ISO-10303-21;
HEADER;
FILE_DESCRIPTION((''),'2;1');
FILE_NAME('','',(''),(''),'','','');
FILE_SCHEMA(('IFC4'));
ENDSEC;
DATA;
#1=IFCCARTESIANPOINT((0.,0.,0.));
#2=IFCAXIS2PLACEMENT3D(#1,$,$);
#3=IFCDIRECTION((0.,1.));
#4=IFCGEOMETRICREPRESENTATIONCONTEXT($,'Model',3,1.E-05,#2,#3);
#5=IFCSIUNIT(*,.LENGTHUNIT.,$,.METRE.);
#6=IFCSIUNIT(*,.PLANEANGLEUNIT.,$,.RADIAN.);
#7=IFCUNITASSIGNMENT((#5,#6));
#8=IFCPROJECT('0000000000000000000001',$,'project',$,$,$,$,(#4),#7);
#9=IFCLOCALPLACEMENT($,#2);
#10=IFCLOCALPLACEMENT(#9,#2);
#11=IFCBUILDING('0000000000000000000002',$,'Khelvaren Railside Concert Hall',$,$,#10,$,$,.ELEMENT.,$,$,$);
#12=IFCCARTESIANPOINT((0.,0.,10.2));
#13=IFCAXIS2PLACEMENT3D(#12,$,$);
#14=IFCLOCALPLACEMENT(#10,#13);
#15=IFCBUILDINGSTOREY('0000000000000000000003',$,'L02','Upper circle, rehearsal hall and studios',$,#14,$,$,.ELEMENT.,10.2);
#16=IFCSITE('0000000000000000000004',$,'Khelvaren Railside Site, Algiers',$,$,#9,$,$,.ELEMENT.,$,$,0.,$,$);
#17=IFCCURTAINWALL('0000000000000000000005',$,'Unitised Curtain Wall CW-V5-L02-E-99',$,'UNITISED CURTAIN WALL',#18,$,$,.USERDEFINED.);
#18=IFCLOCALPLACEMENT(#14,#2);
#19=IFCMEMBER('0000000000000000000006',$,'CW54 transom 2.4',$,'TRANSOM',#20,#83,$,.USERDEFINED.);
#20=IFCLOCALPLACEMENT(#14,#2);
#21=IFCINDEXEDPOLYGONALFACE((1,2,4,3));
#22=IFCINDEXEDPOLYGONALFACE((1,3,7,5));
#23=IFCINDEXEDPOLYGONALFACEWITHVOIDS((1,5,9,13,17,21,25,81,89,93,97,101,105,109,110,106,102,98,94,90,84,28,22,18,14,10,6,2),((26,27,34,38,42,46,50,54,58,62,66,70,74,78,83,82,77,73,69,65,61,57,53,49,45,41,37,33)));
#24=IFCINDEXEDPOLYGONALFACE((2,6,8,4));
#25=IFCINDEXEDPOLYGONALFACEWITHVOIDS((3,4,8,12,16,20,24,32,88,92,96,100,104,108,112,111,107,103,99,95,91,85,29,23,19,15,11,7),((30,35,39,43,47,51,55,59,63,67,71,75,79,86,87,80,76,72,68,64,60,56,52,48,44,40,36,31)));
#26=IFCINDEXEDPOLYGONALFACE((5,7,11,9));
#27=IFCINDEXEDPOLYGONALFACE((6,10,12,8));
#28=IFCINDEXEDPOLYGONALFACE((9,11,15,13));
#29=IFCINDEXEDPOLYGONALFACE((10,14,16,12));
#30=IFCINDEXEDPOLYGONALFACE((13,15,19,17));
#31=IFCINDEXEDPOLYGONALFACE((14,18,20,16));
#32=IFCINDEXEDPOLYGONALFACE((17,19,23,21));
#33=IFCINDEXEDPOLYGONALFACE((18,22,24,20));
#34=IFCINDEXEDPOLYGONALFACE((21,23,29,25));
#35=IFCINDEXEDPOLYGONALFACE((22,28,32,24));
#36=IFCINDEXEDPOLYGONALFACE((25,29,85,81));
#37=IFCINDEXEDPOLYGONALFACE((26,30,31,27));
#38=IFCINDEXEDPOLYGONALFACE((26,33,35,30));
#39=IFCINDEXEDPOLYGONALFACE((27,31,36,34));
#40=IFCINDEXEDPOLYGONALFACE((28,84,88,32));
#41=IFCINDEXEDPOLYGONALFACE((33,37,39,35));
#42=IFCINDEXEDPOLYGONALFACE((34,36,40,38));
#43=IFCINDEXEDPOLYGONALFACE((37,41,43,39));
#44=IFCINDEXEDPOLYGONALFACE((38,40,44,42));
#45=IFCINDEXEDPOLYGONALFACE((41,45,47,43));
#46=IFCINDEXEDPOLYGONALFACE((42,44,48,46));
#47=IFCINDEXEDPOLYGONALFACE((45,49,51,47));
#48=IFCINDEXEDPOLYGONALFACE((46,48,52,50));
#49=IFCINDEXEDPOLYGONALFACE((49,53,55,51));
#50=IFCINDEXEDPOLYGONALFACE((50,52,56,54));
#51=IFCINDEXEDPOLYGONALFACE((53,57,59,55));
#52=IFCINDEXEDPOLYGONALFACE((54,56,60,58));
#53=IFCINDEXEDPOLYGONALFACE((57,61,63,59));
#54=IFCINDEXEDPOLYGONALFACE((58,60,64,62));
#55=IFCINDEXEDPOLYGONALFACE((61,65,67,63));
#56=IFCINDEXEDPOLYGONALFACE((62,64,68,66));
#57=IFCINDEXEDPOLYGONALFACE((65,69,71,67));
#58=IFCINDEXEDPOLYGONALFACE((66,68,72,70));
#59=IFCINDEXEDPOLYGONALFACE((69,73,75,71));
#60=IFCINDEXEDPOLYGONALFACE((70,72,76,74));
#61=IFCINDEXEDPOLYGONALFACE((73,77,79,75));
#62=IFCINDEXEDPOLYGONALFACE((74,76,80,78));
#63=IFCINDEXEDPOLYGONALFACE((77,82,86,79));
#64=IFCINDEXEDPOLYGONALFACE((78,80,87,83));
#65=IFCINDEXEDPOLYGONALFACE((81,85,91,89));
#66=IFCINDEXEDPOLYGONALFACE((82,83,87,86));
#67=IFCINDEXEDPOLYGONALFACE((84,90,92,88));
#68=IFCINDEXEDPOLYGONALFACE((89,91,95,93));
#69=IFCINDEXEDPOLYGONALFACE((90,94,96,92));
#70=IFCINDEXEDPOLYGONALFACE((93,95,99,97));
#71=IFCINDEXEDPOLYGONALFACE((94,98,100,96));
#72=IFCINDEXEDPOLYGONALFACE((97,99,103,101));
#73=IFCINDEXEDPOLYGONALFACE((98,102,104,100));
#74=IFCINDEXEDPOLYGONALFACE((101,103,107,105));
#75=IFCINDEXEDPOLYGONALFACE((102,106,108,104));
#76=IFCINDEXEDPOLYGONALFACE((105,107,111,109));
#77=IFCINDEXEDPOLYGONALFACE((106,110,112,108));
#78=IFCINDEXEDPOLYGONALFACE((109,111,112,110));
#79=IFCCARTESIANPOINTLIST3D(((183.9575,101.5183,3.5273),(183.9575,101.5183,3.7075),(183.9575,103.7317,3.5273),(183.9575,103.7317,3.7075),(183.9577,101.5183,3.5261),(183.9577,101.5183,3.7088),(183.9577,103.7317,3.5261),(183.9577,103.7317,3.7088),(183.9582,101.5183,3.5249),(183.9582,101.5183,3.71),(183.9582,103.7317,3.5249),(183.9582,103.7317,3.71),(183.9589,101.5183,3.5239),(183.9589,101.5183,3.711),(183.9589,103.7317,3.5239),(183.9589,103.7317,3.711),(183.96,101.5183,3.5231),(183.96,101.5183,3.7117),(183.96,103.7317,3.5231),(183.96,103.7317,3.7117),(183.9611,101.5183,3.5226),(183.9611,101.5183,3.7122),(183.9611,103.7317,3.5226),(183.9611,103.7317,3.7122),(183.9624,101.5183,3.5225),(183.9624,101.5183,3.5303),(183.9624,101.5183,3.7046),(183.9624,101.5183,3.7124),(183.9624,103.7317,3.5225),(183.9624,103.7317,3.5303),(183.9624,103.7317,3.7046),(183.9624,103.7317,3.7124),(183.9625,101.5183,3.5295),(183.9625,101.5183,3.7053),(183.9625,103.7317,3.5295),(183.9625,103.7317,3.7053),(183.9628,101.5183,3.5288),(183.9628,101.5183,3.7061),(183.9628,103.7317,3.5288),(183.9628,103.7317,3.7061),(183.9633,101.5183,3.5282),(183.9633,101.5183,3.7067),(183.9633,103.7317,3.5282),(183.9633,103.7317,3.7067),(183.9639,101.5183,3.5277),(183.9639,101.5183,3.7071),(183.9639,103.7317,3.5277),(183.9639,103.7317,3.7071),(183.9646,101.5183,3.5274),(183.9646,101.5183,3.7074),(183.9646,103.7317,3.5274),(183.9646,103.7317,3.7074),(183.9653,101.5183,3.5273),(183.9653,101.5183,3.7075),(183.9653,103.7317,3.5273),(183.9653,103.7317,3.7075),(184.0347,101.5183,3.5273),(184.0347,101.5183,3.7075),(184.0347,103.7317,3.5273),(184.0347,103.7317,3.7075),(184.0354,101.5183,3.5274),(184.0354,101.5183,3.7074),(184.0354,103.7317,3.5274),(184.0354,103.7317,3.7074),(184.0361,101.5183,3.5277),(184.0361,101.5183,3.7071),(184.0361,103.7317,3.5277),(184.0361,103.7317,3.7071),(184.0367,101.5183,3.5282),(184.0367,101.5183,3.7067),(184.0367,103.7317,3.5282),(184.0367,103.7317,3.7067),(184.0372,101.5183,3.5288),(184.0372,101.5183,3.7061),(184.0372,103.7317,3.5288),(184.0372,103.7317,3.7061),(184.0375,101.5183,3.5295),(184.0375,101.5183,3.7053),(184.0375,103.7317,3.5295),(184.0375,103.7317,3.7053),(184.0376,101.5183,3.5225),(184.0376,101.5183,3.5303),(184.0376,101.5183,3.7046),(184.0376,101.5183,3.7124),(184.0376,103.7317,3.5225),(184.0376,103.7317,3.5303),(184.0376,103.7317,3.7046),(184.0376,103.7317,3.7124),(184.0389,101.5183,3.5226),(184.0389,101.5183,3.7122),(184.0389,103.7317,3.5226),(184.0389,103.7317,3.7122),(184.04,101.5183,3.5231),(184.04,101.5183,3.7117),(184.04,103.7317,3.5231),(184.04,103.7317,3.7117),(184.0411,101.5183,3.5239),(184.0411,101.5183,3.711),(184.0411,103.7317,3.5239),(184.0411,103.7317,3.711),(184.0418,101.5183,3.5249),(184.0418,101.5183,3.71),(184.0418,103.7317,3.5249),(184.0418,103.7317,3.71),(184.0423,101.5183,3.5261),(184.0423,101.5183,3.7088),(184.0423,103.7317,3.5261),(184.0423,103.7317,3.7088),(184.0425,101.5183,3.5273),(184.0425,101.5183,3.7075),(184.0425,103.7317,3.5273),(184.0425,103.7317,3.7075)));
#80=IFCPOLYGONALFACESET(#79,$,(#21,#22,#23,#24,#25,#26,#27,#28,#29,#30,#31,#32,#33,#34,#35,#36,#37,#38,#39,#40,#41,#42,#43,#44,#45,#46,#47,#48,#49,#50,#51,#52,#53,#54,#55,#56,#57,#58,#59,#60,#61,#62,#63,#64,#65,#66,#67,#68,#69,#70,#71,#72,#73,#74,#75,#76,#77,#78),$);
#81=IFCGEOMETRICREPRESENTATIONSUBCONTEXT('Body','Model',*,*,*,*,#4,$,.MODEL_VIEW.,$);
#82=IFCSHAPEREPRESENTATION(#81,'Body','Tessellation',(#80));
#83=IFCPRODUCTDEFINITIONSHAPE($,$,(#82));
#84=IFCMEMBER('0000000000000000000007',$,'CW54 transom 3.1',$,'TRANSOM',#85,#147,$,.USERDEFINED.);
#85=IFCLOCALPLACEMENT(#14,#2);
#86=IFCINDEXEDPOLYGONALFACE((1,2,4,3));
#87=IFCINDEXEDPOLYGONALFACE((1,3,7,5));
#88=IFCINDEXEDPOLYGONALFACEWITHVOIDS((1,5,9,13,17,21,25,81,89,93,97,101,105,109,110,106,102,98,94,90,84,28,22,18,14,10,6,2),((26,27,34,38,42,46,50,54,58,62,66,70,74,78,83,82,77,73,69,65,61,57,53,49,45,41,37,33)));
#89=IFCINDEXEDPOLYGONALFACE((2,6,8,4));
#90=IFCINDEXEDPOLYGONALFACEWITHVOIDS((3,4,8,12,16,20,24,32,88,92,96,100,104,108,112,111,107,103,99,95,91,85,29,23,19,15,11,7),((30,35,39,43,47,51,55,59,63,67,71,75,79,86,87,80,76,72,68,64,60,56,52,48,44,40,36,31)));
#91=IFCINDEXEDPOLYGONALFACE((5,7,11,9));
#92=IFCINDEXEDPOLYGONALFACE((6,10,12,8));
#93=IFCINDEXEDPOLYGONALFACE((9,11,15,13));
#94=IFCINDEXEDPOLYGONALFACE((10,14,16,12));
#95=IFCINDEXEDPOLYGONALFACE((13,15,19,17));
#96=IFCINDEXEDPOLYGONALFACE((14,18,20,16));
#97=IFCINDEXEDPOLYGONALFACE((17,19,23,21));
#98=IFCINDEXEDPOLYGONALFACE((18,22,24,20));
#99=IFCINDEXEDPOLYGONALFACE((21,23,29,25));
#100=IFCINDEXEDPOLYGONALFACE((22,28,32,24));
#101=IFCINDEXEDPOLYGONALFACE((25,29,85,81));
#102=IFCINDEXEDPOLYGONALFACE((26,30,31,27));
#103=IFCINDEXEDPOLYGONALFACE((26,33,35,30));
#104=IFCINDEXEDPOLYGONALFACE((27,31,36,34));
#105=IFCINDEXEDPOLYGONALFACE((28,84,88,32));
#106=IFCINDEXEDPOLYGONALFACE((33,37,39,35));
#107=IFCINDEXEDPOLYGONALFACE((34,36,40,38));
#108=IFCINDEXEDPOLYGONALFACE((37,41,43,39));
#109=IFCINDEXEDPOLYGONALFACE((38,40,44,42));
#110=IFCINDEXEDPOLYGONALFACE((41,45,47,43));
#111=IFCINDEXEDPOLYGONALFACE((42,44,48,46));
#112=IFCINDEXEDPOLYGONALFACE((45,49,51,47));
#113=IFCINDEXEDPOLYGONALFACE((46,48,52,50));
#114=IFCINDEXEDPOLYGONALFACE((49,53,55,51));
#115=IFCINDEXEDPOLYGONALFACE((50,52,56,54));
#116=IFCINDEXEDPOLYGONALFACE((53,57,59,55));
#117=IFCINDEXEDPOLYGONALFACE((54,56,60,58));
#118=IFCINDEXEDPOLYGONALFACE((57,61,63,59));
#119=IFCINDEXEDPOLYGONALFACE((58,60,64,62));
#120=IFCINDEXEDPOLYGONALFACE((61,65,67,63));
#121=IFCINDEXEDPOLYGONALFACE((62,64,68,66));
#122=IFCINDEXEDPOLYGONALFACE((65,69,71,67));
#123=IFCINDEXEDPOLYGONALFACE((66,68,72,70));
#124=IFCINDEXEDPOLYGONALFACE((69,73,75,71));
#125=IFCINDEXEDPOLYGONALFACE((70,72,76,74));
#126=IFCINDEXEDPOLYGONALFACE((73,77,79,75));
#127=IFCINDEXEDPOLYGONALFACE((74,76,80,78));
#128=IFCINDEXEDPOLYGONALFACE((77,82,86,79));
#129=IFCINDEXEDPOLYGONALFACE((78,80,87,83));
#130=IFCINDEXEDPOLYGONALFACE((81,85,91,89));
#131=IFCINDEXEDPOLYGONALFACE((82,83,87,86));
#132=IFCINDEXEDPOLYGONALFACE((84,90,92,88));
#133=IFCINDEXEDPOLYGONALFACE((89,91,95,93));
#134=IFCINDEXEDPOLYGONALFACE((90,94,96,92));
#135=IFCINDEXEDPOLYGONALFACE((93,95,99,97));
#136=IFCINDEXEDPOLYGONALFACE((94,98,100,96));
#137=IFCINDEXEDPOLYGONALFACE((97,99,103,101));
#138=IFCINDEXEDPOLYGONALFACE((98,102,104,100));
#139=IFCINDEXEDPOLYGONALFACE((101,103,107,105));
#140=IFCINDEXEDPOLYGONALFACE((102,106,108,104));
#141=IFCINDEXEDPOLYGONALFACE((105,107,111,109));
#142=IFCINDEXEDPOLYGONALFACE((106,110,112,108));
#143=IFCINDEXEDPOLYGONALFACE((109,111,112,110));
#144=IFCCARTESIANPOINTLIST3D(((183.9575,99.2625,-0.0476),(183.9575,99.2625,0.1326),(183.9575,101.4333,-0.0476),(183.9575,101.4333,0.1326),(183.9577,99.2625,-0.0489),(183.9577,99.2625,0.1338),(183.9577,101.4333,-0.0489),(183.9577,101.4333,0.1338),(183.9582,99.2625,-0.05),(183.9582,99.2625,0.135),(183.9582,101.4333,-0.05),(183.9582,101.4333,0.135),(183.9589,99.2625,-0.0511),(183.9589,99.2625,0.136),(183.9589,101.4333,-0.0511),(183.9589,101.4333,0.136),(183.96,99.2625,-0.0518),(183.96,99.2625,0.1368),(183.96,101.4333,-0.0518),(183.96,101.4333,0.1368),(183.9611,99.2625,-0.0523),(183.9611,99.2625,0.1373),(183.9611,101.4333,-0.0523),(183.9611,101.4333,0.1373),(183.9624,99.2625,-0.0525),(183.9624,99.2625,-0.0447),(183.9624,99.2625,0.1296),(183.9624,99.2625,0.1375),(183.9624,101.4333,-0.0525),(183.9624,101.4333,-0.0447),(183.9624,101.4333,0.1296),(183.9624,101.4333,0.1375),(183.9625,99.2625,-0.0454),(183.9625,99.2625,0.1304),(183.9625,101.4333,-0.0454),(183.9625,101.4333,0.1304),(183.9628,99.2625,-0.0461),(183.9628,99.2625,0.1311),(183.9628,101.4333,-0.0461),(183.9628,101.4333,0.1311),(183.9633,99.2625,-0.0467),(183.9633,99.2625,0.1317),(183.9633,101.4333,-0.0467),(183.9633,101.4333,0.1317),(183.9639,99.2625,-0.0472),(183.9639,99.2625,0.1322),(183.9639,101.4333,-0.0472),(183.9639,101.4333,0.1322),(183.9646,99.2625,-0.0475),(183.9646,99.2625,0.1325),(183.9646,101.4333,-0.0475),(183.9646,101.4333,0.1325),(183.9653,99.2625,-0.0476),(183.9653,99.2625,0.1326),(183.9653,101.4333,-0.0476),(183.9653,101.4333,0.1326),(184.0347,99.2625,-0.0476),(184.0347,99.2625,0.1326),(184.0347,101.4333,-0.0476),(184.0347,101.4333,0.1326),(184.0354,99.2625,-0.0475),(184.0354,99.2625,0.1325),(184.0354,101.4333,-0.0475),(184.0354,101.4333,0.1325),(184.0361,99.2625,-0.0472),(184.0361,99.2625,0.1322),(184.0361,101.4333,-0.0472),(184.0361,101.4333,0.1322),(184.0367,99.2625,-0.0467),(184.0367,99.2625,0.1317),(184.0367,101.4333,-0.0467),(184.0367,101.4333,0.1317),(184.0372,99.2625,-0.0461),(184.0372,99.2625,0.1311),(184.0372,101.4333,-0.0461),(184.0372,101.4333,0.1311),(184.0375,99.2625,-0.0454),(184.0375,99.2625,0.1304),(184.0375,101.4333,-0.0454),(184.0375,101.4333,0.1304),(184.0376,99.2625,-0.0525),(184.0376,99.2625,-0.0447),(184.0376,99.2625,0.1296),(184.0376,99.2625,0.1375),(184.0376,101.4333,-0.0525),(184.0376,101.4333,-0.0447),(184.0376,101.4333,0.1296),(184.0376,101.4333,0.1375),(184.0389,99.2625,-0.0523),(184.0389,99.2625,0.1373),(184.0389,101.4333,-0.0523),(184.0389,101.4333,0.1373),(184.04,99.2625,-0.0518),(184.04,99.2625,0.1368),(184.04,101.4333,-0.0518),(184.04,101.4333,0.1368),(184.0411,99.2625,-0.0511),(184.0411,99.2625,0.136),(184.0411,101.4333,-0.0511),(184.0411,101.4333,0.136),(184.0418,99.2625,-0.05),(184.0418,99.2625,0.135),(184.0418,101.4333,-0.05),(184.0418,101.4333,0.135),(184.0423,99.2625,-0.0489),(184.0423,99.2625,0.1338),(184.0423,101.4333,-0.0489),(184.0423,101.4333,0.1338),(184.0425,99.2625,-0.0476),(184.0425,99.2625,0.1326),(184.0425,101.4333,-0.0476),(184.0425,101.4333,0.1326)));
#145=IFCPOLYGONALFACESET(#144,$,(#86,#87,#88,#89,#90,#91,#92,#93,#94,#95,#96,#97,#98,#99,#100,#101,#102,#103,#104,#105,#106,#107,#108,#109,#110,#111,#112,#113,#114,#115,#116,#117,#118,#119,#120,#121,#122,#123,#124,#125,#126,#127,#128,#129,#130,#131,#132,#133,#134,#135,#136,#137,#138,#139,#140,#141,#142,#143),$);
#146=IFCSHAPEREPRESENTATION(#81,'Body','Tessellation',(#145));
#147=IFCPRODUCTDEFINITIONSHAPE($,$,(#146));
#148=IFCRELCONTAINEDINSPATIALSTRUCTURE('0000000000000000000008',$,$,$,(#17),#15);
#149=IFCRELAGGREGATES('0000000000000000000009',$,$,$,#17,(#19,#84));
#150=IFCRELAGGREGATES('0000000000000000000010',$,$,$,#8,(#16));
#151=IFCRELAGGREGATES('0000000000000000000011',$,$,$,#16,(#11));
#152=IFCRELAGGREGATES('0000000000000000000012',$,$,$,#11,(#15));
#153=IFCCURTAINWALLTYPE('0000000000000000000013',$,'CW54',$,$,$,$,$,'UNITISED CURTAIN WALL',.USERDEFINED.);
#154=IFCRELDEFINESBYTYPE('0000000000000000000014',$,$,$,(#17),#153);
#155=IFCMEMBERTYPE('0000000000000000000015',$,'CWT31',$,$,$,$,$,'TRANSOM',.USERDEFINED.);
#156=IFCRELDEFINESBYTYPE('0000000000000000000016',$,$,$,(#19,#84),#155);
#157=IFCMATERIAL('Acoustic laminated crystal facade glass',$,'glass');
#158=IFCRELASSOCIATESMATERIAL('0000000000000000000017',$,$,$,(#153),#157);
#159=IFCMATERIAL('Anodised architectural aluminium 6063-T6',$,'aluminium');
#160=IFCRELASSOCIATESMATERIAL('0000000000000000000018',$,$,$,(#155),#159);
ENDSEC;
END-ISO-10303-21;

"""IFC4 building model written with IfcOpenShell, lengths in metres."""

from ifc_helpers import new_model, si_unit, direction, frame, origin, origin_2d, place, context, subcontext, project, spatial, hollow_rectangle, extrude, material, material_profile, profile_set, type_object, element, aggregate, save


model = new_model("IFC4")

# Units and contexts
model_context = context("Model", 3, precision=1e-05, world=origin(), true_north=direction((0.0, 1.0)))
body_context = subcontext(model_context, "Body", "Model", "MODEL_VIEW")
ifc_project = project(units=[si_unit("LENGTHUNIT", "METRE"), si_unit("PLANEANGLEUNIT", "RADIAN")], contexts=[model_context])

# Site, building, storey
site_placement = place(None, origin())
site = spatial("IfcSite", under=ifc_project, at=site_placement, Name="Khelvaren Railside Site, Algiers", CompositionType="ELEMENT", RefElevation=0.0)
building_placement = place(site_placement, origin())
building = spatial("IfcBuilding", under=site, at=building_placement, Name="Khelvaren Railside Concert Hall", CompositionType="ELEMENT")
storey_placement = place(building_placement, frame((0.0, 0.0, 10.2)))
storey = spatial("IfcBuildingStorey", under=building, at=storey_placement, Name="L02", Description="Upper circle, rehearsal hall and studios", CompositionType="ELEMENT", Elevation=10.2)

# Curtain wall, members
ifc_material_1 = material(Name="Acoustic laminated crystal facade glass", Category="glass")
curtain_wall_type = type_object("IfcCurtainWallType", Name="CW54", ElementType="UNITISED CURTAIN WALL", PredefinedType="USERDEFINED", material=ifc_material_1)
curtain_wall_placement = place(storey_placement, origin())
curtain_wall = element("IfcCurtainWall", 1, at=curtain_wall_placement, inside=storey, type_object=curtain_wall_type, Name="Unitised Curtain Wall CW-V5-L02-E-99", ObjectType="UNITISED CURTAIN WALL", PredefinedType="USERDEFINED")
ifc_material_2 = material(Name="Anodised architectural aluminium 6063-T6", Category="aluminium")
ifc_material_profile_1 = material_profile(ifc_material_2, hollow_rectangle(XDim=0.085, YDim=0.1899, WallThickness=0.0049, InnerFilletRadius=0.0029, OuterFilletRadius=0.0049, at=origin_2d()), Name="CWT 85x190x5")
ifc_profile_set_1 = profile_set([ifc_material_profile_1], Name="Anodised architectural aluminium 6063-T6")
member_type_1 = type_object("IfcMemberType", Name="CWT31", ElementType="TRANSOM", PredefinedType="USERDEFINED", material=ifc_profile_set_1)
member_1_placement = place(storey_placement, frame((184.0, 103.7317, 3.6174), z_axis=(0.0, -1.0, 0.0), x_axis=(1.0, 0.0, 0.0)))
member_1 = element("IfcMember", 2, at=member_1_placement, type_object=member_type_1, Name="CW54 transom 2.4", ObjectType="TRANSOM", PredefinedType="USERDEFINED", context=body_context, shape_type="SweptSolid", body=[
    extrude(hollow_rectangle(XDim=0.085, YDim=0.1899, WallThickness=0.0049, InnerFilletRadius=0.0029, OuterFilletRadius=0.0049, at=origin_2d()), origin(), (0.0, 0.0, 1.0), 2.2134),
])
member_2_placement = place(storey_placement, frame((184.0, 101.4333, 0.0425), z_axis=(0.0, -1.0, 0.0), x_axis=(1.0, 0.0, 0.0)))
member_2 = element("IfcMember", 3, at=member_2_placement, type_object=member_type_1, Name="CW54 transom 3.1", ObjectType="TRANSOM", PredefinedType="USERDEFINED", context=body_context, shape_type="SweptSolid", body=[
    extrude(hollow_rectangle(XDim=0.085, YDim=0.1899, WallThickness=0.0049, InnerFilletRadius=0.0029, OuterFilletRadius=0.0049, at=origin_2d()), origin(), (0.0, 0.0, 1.0), 2.1709),
])

aggregate(curtain_wall, [member_1, member_2])

save(model, "model.ifc")
